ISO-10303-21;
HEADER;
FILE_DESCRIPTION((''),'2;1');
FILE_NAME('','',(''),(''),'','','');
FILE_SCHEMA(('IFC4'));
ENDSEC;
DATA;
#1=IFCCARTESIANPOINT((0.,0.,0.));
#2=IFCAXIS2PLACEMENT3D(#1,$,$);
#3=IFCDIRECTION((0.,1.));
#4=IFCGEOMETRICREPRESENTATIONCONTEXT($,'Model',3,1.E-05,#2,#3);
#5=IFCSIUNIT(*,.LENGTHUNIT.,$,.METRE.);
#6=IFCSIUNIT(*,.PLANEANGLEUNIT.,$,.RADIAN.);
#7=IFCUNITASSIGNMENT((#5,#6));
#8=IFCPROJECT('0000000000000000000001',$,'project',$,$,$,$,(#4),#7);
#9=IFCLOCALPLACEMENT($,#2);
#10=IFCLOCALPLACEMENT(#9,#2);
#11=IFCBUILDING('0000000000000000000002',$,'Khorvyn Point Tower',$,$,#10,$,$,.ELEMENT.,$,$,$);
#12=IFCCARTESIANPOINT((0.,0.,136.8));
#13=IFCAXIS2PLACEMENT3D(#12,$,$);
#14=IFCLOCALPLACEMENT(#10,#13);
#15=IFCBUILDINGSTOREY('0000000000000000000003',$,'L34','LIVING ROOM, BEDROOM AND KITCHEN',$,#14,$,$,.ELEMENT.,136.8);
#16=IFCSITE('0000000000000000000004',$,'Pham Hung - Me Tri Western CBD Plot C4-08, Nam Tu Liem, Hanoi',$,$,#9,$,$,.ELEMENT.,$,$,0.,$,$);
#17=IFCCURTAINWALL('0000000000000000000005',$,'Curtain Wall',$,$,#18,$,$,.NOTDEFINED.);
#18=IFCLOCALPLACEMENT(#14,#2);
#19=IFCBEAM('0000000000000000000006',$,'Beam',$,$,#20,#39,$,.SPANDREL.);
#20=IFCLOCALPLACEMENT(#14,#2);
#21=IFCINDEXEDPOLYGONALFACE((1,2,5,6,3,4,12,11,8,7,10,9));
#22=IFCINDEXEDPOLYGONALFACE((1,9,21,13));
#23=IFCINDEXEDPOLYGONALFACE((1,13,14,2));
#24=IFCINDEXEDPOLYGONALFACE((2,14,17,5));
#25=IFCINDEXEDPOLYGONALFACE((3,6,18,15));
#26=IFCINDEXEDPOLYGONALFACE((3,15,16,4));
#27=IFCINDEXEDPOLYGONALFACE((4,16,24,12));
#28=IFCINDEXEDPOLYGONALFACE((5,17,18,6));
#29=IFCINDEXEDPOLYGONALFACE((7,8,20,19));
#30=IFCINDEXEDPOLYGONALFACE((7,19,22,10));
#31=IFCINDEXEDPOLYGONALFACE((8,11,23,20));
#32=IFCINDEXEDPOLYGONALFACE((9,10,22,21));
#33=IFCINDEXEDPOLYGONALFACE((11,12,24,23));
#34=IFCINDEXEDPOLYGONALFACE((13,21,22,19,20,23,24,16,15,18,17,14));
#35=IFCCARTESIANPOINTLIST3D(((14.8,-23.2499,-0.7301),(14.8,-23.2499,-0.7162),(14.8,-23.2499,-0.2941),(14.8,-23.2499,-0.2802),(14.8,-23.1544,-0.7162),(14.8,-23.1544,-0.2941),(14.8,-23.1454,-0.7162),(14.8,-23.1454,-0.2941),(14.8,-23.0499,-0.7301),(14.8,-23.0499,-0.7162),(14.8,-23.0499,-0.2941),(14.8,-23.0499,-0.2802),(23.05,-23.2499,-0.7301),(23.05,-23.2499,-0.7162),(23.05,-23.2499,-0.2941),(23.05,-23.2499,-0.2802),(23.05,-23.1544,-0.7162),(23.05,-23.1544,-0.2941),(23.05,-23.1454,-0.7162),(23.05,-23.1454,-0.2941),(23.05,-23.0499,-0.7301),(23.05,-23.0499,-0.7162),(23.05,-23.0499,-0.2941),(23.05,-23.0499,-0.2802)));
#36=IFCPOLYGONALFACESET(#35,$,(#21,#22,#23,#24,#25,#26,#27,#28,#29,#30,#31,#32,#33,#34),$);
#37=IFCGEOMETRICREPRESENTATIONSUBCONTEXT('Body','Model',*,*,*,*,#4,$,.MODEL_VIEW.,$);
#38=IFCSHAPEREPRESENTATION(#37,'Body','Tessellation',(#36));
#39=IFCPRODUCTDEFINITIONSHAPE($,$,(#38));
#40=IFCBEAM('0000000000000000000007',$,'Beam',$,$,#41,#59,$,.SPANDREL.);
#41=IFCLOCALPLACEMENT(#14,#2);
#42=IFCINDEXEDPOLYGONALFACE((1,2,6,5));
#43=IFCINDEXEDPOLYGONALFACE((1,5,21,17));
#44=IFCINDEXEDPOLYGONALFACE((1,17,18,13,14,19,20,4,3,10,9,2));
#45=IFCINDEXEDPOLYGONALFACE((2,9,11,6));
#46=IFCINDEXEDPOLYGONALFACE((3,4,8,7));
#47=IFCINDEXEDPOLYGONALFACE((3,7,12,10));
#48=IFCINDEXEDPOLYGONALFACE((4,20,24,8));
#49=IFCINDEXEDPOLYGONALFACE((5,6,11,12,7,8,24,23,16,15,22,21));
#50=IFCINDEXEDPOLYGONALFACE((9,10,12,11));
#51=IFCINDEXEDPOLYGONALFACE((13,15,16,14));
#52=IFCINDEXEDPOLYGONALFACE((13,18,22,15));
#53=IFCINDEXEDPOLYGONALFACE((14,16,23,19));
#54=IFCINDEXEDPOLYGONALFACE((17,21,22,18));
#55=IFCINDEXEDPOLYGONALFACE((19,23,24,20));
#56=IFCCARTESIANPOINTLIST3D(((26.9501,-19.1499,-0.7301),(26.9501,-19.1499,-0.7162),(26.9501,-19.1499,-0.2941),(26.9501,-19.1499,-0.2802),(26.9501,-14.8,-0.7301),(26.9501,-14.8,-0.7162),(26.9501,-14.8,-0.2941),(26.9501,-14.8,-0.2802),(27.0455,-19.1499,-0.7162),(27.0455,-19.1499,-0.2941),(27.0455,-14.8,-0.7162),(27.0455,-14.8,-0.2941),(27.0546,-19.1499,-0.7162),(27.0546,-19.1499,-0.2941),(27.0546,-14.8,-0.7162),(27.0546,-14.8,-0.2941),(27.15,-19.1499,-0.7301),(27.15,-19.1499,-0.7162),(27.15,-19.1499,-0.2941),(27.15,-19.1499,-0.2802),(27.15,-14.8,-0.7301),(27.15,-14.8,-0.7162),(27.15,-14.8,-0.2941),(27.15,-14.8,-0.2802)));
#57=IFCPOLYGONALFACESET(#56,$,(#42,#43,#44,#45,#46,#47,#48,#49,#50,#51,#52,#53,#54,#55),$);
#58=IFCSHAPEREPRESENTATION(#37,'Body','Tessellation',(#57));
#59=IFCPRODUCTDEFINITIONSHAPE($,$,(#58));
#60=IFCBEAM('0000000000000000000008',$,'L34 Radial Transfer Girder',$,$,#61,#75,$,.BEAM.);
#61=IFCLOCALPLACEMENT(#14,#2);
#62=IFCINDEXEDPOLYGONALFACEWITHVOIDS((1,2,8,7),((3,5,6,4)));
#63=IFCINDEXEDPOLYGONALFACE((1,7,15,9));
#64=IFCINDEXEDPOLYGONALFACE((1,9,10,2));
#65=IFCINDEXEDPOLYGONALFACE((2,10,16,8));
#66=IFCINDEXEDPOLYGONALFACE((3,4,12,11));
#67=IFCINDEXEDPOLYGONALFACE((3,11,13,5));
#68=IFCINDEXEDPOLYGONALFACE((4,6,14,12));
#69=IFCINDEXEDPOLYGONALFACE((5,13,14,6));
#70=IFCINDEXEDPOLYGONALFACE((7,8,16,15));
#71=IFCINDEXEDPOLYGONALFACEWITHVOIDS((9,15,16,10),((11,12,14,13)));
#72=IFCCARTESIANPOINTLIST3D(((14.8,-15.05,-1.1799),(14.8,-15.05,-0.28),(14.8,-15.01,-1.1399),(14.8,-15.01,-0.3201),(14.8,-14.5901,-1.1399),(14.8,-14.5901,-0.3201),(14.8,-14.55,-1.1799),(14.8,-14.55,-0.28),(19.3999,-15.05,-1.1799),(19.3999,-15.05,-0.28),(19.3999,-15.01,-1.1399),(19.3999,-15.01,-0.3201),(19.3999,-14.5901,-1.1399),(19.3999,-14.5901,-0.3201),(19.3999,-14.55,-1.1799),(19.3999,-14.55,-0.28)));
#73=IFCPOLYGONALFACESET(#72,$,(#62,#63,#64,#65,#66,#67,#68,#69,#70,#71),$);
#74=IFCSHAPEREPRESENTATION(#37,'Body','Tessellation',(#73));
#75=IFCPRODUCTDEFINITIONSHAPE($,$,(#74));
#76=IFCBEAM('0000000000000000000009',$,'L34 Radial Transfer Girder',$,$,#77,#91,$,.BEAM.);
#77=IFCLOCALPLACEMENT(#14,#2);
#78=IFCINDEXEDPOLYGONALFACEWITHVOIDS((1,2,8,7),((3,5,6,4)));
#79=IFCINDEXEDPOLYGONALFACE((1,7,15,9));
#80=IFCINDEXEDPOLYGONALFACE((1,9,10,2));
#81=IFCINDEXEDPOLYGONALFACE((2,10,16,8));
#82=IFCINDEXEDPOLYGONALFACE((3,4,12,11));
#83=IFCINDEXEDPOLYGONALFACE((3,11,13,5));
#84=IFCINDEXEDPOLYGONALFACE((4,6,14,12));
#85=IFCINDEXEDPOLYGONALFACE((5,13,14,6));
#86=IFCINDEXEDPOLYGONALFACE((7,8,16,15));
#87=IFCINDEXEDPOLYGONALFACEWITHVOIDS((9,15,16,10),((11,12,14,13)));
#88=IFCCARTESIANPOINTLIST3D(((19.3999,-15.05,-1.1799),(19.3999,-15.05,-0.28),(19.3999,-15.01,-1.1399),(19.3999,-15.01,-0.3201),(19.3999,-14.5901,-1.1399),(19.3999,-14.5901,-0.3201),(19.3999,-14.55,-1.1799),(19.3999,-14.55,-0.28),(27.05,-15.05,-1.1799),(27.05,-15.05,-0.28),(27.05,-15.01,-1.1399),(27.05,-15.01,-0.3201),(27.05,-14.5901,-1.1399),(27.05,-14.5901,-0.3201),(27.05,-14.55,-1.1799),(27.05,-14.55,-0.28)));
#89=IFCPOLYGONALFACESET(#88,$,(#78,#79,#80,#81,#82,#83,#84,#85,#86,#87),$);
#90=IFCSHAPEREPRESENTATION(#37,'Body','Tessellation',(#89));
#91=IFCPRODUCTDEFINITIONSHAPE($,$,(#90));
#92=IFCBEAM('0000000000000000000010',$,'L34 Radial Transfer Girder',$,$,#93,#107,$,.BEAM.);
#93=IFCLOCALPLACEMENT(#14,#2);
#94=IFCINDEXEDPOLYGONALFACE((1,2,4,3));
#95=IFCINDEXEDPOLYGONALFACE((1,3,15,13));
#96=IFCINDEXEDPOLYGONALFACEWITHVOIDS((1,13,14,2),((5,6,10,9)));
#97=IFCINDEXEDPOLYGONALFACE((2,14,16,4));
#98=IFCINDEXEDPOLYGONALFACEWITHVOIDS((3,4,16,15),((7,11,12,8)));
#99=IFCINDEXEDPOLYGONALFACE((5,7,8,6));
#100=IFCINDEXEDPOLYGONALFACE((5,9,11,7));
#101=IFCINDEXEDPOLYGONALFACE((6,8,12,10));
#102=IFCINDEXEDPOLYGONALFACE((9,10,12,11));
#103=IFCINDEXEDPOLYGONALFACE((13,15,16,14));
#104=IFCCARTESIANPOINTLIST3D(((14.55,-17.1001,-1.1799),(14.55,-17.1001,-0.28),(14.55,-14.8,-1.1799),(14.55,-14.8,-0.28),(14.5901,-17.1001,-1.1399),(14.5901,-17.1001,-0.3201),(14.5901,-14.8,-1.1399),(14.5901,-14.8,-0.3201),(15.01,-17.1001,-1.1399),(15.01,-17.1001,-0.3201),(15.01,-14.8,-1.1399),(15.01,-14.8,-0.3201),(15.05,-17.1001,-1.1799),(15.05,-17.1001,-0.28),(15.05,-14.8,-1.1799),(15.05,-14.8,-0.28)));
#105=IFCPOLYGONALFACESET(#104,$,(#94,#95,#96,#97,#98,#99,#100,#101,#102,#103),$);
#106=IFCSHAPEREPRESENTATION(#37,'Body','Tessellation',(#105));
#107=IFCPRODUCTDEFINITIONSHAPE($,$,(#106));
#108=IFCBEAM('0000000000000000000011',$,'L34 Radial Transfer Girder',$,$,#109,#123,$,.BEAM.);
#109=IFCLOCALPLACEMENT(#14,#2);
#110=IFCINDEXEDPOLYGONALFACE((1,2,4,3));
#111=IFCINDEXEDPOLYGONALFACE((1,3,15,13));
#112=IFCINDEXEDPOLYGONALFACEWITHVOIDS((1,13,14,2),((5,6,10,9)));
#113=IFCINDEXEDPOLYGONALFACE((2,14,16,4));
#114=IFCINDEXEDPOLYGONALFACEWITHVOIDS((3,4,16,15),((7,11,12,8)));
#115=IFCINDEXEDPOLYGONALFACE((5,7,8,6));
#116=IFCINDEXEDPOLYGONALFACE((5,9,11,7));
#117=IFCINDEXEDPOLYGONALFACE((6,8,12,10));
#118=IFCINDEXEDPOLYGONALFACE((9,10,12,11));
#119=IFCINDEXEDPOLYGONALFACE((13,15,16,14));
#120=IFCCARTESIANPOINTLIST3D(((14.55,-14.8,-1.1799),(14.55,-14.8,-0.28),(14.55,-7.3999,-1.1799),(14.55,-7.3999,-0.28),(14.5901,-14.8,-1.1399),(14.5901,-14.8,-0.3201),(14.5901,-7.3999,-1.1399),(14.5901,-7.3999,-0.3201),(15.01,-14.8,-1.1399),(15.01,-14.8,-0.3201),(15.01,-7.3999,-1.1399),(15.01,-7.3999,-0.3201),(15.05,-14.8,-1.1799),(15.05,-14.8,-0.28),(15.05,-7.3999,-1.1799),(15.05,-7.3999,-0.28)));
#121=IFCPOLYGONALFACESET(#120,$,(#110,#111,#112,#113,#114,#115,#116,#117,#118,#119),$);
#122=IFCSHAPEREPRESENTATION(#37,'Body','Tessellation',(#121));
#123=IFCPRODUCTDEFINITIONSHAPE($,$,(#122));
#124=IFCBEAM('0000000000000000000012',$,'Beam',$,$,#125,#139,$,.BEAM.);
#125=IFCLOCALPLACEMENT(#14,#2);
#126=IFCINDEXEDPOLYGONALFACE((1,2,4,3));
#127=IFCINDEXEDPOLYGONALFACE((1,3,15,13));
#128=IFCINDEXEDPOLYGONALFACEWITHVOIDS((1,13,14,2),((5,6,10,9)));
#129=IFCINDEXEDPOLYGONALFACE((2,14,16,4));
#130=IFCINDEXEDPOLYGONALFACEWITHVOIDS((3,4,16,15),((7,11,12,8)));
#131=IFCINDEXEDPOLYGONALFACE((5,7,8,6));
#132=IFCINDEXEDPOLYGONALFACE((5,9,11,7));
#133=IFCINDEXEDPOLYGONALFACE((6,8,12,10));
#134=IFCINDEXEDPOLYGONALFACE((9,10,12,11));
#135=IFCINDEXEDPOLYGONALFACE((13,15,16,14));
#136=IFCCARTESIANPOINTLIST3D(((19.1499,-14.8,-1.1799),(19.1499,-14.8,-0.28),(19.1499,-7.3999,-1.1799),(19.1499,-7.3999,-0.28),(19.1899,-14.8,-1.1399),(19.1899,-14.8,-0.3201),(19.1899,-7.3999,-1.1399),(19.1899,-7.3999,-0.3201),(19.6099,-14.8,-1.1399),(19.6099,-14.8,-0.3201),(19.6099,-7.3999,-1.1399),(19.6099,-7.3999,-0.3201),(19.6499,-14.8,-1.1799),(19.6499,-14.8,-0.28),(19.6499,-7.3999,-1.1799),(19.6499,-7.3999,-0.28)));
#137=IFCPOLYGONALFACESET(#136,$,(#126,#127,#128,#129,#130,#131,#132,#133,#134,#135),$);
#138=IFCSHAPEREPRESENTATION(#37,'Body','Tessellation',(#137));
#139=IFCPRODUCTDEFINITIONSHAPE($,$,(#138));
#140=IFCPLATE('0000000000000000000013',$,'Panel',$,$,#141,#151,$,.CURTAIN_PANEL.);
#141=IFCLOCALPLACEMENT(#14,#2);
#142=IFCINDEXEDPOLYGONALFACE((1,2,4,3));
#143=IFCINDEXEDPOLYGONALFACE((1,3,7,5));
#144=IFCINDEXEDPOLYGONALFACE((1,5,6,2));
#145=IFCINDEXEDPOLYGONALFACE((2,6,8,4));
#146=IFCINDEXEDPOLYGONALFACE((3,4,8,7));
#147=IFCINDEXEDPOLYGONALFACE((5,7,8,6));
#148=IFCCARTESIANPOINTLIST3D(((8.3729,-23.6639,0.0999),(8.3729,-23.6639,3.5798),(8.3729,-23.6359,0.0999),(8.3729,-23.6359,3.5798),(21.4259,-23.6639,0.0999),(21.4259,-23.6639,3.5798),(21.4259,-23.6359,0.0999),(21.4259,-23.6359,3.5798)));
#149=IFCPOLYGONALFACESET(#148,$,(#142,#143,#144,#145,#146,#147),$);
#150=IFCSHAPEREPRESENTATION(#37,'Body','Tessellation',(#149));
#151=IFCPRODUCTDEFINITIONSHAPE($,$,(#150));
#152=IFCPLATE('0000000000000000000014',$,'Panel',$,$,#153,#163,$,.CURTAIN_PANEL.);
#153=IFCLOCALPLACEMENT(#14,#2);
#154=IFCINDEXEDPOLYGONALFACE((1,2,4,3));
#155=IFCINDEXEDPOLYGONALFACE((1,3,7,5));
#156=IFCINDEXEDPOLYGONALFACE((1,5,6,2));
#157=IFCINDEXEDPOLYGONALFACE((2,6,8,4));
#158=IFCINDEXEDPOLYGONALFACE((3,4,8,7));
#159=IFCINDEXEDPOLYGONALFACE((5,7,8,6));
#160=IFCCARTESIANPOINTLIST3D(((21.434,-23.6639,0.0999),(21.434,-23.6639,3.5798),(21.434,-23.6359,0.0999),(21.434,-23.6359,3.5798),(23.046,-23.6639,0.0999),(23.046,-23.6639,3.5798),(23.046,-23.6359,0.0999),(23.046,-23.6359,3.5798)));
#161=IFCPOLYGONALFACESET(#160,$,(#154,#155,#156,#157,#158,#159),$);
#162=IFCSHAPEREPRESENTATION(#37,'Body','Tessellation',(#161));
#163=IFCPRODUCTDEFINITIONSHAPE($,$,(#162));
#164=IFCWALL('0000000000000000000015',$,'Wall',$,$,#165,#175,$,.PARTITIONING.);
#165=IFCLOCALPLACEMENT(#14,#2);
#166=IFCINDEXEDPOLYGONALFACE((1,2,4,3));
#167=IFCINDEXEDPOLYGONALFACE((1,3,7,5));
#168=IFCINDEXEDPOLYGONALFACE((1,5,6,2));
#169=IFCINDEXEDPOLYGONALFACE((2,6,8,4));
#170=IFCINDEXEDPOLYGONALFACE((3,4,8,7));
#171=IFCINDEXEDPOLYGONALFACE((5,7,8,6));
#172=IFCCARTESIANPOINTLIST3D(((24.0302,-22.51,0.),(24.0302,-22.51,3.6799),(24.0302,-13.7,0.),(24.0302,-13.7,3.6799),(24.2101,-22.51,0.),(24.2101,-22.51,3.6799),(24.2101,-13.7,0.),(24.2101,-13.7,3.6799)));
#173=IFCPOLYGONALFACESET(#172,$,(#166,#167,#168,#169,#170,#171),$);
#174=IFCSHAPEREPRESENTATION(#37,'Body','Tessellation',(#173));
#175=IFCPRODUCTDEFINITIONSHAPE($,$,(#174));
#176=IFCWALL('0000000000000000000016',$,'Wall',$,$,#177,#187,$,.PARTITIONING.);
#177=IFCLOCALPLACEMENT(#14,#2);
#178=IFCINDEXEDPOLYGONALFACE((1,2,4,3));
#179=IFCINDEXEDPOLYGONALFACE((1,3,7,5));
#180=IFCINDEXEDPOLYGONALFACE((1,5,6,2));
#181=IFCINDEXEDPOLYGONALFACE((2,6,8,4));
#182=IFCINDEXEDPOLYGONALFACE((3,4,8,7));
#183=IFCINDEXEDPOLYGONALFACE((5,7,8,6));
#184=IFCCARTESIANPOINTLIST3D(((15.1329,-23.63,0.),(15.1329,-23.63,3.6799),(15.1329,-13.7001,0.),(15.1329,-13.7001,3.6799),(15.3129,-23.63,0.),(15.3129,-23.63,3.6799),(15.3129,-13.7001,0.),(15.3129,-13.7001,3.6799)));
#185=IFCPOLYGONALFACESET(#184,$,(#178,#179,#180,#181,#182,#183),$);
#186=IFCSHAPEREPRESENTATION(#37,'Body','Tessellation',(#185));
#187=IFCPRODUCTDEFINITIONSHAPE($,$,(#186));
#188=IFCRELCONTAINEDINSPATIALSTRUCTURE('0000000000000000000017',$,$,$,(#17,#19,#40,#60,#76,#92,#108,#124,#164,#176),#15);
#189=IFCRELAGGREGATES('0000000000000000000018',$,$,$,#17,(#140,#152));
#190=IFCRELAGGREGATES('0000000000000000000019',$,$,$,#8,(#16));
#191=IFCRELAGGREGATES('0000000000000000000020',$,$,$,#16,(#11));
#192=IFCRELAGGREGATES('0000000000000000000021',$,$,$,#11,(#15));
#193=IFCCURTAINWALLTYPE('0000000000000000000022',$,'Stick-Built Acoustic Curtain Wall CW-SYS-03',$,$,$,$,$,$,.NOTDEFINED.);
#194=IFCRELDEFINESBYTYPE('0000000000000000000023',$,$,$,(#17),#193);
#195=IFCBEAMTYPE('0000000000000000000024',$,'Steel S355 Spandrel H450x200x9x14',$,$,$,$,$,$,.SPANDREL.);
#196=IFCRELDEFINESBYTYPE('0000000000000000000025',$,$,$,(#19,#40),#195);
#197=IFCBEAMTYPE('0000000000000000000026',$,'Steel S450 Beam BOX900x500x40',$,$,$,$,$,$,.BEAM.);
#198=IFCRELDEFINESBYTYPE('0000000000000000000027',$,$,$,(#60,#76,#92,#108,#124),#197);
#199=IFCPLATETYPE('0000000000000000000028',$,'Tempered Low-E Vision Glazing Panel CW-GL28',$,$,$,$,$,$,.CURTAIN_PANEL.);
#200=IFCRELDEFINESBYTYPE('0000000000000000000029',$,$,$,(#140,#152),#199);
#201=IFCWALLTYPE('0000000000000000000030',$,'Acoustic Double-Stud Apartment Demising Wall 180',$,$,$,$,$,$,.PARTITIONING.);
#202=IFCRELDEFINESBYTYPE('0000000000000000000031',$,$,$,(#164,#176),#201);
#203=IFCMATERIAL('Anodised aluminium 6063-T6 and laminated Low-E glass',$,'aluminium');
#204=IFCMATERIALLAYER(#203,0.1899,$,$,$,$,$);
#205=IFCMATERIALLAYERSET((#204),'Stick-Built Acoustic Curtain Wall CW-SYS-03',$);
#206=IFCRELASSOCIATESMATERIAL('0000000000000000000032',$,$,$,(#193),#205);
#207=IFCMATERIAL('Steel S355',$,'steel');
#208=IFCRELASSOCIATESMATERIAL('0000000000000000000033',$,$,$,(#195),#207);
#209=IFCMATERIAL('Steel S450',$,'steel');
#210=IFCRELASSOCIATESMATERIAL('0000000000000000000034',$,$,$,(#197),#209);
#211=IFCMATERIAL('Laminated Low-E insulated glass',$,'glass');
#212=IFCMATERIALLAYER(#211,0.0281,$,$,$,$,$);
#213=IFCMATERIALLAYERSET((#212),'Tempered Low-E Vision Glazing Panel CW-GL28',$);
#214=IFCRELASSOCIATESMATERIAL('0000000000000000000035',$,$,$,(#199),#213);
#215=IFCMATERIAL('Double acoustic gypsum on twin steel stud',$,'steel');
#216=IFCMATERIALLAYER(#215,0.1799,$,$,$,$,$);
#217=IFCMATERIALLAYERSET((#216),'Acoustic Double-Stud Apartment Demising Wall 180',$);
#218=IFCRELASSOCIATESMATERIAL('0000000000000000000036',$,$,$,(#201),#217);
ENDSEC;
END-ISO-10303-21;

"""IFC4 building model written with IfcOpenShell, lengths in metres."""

from ifc_helpers import new_model, si_unit, direction, frame, frame_2d, origin, origin_2d, place, context, subcontext, project, spatial, rectangle, hollow_rectangle, i_section, extrude, material, layer, layer_set, material_profile, profile_set, type_object, element, aggregate, save


model = new_model("IFC4")

# Units and contexts
model_context = context("Model", 3, precision=1e-05, world=origin(), true_north=direction((0.0, 1.0)))
body_context = subcontext(model_context, "Body", "Model", "MODEL_VIEW")
ifc_project = project(units=[si_unit("LENGTHUNIT", "METRE"), si_unit("PLANEANGLEUNIT", "RADIAN")], contexts=[model_context])

# Site, building, storey
site_placement = place(None, origin())
site = spatial("IfcSite", under=ifc_project, at=site_placement, Name="Pham Hung - Me Tri Western CBD Plot C4-08, Nam Tu Liem, Hanoi", CompositionType="ELEMENT", RefElevation=0.0)
building_placement = place(site_placement, origin())
building = spatial("IfcBuilding", under=site, at=building_placement, Name="Khorvyn Point Tower", CompositionType="ELEMENT")
storey_placement = place(building_placement, frame((0.0, 0.0, 136.8)))
storey = spatial("IfcBuildingStorey", under=building, at=storey_placement, Name="L34", Description="LIVING ROOM, BEDROOM AND KITCHEN", CompositionType="ELEMENT", Elevation=136.8)

# Shared definitions
ifc_material_1 = material(Name="Steel S450", Category="steel")

# Curtain wall
ifc_material_2 = material(Name="Anodised aluminium 6063-T6 and laminated Low-E glass", Category="aluminium")
ifc_layer_1 = layer(ifc_material_2, 0.1899)
ifc_layer_set_1 = layer_set([ifc_layer_1], Name="Stick-Built Acoustic Curtain Wall CW-SYS-03")
curtain_wall_type = type_object("IfcCurtainWallType", Name="Stick-Built Acoustic Curtain Wall CW-SYS-03", PredefinedType="NOTDEFINED", material=ifc_layer_set_1)
curtain_wall_1_placement = place(storey_placement, origin())
curtain_wall_1 = element("IfcCurtainWall", 1, at=curtain_wall_1_placement, inside=storey, type_object=curtain_wall_type, Name="Curtain Wall", PredefinedType="NOTDEFINED")

# Beams
ifc_material_3 = material(Name="Steel S355", Category="steel")
ifc_material_profile_1 = material_profile(ifc_material_3, i_section(OverallWidth=0.2, OverallDepth=0.45, WebThickness=0.009, FlangeThickness=0.0139, at=origin_2d()))
ifc_profile_set_1 = profile_set([ifc_material_profile_1], Name="Steel S355 H450x200x9x14")
beam_type_1 = type_object("IfcBeamType", Name="Steel S355 Spandrel H450x200x9x14", PredefinedType="SPANDREL", material=ifc_profile_set_1)
beam_1_placement = place(storey_placement, frame((14.8, -23.1499, -0.5051), z_axis=(1.0, 0.0, 0.0), x_axis=(0.0, 1.0, 0.0)))
element("IfcBeam", 2, at=beam_1_placement, inside=storey, type_object=beam_type_1, Name="Beam", PredefinedType="SPANDREL", context=body_context, shape_type="SweptSolid", body=[
    extrude(i_section(OverallWidth=0.2, OverallDepth=0.45, WebThickness=0.009, FlangeThickness=0.0139, at=origin_2d()), origin(), (0.0, 0.0, 1.0), 8.25),
])
beam_2_placement = place(storey_placement, frame((27.05, -19.1499, -0.5051), z_axis=(0.0, 1.0, 0.0), x_axis=(-1.0, 0.0, 0.0)))
element("IfcBeam", 3, at=beam_2_placement, inside=storey, type_object=beam_type_1, Name="Beam", PredefinedType="SPANDREL", context=body_context, shape_type="SweptSolid", body=[
    extrude(i_section(OverallWidth=0.2, OverallDepth=0.45, WebThickness=0.009, FlangeThickness=0.0139, at=origin_2d()), origin(), (0.0, 0.0, 1.0), 4.3499),
])
ifc_material_profile_2 = material_profile(ifc_material_1, hollow_rectangle(XDim=0.5, YDim=0.8999, WallThickness=0.04, at=origin_2d()))
ifc_profile_set_2 = profile_set([ifc_material_profile_2], Name="Steel S450 BOX900x500x40")
beam_type_2 = type_object("IfcBeamType", Name="Steel S450 Beam BOX900x500x40", PredefinedType="BEAM", material=ifc_profile_set_2)
beam_3_placement = place(storey_placement, frame((14.8, -14.8, -0.73), z_axis=(1.0, 0.0, 0.0), x_axis=(0.0, 1.0, 0.0)))
element("IfcBeam", 4, at=beam_3_placement, inside=storey, type_object=beam_type_2, Name="L34 Radial Transfer Girder", PredefinedType="BEAM", context=body_context, shape_type="SweptSolid", body=[
    extrude(hollow_rectangle(XDim=0.5, YDim=0.8999, WallThickness=0.04, at=origin_2d()), origin(), (0.0, 0.0, 1.0), 4.5999),
])
beam_4_placement = place(storey_placement, frame((19.3999, -14.8, -0.73), z_axis=(1.0, 0.0, 0.0), x_axis=(0.0, 1.0, 0.0)))
element("IfcBeam", 5, at=beam_4_placement, inside=storey, type_object=beam_type_2, Name="L34 Radial Transfer Girder", PredefinedType="BEAM", context=body_context, shape_type="SweptSolid", body=[
    extrude(hollow_rectangle(XDim=0.5, YDim=0.8999, WallThickness=0.04, at=origin_2d()), origin(), (0.0, 0.0, 1.0), 7.6501),
])
beam_5_placement = place(storey_placement, frame((14.8, -17.1001, -0.73), z_axis=(0.0, 1.0, 0.0), x_axis=(-1.0, 0.0, 0.0)))
element("IfcBeam", 6, at=beam_5_placement, inside=storey, type_object=beam_type_2, Name="L34 Radial Transfer Girder", PredefinedType="BEAM", context=body_context, shape_type="SweptSolid", body=[
    extrude(hollow_rectangle(XDim=0.5, YDim=0.8999, WallThickness=0.04, at=origin_2d()), origin(), (0.0, 0.0, 1.0), 2.3),
])
for number, where, z_axis, x_axis, name in (
    (7, (14.8, -14.8, -0.73), (0.0, 1.0, 0.0), (-1.0, 0.0, 0.0), "L34 Radial Transfer Girder"),
    (8, (19.3999, -14.8, -0.73), (0.0, 1.0, 0.0), (-1.0, 0.0, 0.0), "Beam"),
):
    element("IfcBeam", number, at=place(storey_placement, frame(where, z_axis=z_axis, x_axis=x_axis)), inside=storey, type_object=beam_type_2, Name=name, PredefinedType="BEAM", context=body_context, shape_type="SweptSolid", body=[
        extrude(hollow_rectangle(XDim=0.5, YDim=0.8999, WallThickness=0.04, at=origin_2d()), origin(), (0.0, 0.0, 1.0), 7.4001),
    ])

# Plates
ifc_material_4 = material(Name="Laminated Low-E insulated glass", Category="glass")
ifc_layer_2 = layer(ifc_material_4, 0.0281)
ifc_layer_set_2 = layer_set([ifc_layer_2], Name="Tempered Low-E Vision Glazing Panel CW-GL28")
plate_type = type_object("IfcPlateType", Name="Tempered Low-E Vision Glazing Panel CW-GL28", PredefinedType="CURTAIN_PANEL", material=ifc_layer_set_2)
plate_1_placement = place(storey_placement, frame((14.8994, -23.6499, 0.0999), z_axis=(0.0, 0.0, 1.0), x_axis=(-1.0, 0.0, 0.0)))
plate_1 = element("IfcPlate", 9, at=plate_1_placement, type_object=plate_type, Name="Panel", PredefinedType="CURTAIN_PANEL", context=body_context, shape_type="SweptSolid", body=[
    extrude(rectangle(XDim=13.053, YDim=0.0281, at=origin_2d()), origin(), (0.0, 0.0, 1.0), 3.48),
])
plate_2_placement = place(storey_placement, frame((22.24, -23.6499, 0.0999), z_axis=(0.0, 0.0, 1.0), x_axis=(-1.0, 0.0, 0.0)))
plate_2 = element("IfcPlate", 10, at=plate_2_placement, type_object=plate_type, Name="Panel", PredefinedType="CURTAIN_PANEL", context=body_context, shape_type="SweptSolid", body=[
    extrude(rectangle(XDim=1.6121, YDim=0.0281, at=origin_2d()), origin(), (0.0, 0.0, 1.0), 3.48),
])
aggregate(curtain_wall_1, [plate_1, plate_2])

# Walls
ifc_material_5 = material(Name="Double acoustic gypsum on twin steel stud", Category="steel")
ifc_layer_3 = layer(ifc_material_5, 0.1799)
ifc_layer_set_3 = layer_set([ifc_layer_3], Name="Acoustic Double-Stud Apartment Demising Wall 180")
wall_type_1 = type_object("IfcWallType", Name="Acoustic Double-Stud Apartment Demising Wall 180", PredefinedType="PARTITIONING", material=ifc_layer_set_3)
wall_1_placement = place(storey_placement, frame((24.1201, -22.51, 0.0), z_axis=(0.0, 0.0, 1.0), x_axis=(0.0, 1.0, 0.0)))
element("IfcWall", 11, at=wall_1_placement, inside=storey, type_object=wall_type_1, Name="Wall", PredefinedType="PARTITIONING", context=body_context, shape_type="SweptSolid", body=[
    extrude(rectangle(XDim=8.8101, YDim=0.1799, at=frame_2d((4.405, 0.0))), origin(), (0.0, 0.0, 1.0), 3.6799),
])
wall_2_placement = place(storey_placement, frame((15.2229, -23.6299, 0.0), z_axis=(0.0, 0.0, 1.0), x_axis=(0.0, 1.0, 0.0)))
element("IfcWall", 12, at=wall_2_placement, inside=storey, type_object=wall_type_1, Name="Wall", PredefinedType="PARTITIONING", context=body_context, shape_type="SweptSolid", body=[
    extrude(rectangle(XDim=9.9299, YDim=0.1799, at=frame_2d((4.9648, 0.0))), origin(), (0.0, 0.0, 1.0), 3.6799),
])

save(model, "model.ifc")
